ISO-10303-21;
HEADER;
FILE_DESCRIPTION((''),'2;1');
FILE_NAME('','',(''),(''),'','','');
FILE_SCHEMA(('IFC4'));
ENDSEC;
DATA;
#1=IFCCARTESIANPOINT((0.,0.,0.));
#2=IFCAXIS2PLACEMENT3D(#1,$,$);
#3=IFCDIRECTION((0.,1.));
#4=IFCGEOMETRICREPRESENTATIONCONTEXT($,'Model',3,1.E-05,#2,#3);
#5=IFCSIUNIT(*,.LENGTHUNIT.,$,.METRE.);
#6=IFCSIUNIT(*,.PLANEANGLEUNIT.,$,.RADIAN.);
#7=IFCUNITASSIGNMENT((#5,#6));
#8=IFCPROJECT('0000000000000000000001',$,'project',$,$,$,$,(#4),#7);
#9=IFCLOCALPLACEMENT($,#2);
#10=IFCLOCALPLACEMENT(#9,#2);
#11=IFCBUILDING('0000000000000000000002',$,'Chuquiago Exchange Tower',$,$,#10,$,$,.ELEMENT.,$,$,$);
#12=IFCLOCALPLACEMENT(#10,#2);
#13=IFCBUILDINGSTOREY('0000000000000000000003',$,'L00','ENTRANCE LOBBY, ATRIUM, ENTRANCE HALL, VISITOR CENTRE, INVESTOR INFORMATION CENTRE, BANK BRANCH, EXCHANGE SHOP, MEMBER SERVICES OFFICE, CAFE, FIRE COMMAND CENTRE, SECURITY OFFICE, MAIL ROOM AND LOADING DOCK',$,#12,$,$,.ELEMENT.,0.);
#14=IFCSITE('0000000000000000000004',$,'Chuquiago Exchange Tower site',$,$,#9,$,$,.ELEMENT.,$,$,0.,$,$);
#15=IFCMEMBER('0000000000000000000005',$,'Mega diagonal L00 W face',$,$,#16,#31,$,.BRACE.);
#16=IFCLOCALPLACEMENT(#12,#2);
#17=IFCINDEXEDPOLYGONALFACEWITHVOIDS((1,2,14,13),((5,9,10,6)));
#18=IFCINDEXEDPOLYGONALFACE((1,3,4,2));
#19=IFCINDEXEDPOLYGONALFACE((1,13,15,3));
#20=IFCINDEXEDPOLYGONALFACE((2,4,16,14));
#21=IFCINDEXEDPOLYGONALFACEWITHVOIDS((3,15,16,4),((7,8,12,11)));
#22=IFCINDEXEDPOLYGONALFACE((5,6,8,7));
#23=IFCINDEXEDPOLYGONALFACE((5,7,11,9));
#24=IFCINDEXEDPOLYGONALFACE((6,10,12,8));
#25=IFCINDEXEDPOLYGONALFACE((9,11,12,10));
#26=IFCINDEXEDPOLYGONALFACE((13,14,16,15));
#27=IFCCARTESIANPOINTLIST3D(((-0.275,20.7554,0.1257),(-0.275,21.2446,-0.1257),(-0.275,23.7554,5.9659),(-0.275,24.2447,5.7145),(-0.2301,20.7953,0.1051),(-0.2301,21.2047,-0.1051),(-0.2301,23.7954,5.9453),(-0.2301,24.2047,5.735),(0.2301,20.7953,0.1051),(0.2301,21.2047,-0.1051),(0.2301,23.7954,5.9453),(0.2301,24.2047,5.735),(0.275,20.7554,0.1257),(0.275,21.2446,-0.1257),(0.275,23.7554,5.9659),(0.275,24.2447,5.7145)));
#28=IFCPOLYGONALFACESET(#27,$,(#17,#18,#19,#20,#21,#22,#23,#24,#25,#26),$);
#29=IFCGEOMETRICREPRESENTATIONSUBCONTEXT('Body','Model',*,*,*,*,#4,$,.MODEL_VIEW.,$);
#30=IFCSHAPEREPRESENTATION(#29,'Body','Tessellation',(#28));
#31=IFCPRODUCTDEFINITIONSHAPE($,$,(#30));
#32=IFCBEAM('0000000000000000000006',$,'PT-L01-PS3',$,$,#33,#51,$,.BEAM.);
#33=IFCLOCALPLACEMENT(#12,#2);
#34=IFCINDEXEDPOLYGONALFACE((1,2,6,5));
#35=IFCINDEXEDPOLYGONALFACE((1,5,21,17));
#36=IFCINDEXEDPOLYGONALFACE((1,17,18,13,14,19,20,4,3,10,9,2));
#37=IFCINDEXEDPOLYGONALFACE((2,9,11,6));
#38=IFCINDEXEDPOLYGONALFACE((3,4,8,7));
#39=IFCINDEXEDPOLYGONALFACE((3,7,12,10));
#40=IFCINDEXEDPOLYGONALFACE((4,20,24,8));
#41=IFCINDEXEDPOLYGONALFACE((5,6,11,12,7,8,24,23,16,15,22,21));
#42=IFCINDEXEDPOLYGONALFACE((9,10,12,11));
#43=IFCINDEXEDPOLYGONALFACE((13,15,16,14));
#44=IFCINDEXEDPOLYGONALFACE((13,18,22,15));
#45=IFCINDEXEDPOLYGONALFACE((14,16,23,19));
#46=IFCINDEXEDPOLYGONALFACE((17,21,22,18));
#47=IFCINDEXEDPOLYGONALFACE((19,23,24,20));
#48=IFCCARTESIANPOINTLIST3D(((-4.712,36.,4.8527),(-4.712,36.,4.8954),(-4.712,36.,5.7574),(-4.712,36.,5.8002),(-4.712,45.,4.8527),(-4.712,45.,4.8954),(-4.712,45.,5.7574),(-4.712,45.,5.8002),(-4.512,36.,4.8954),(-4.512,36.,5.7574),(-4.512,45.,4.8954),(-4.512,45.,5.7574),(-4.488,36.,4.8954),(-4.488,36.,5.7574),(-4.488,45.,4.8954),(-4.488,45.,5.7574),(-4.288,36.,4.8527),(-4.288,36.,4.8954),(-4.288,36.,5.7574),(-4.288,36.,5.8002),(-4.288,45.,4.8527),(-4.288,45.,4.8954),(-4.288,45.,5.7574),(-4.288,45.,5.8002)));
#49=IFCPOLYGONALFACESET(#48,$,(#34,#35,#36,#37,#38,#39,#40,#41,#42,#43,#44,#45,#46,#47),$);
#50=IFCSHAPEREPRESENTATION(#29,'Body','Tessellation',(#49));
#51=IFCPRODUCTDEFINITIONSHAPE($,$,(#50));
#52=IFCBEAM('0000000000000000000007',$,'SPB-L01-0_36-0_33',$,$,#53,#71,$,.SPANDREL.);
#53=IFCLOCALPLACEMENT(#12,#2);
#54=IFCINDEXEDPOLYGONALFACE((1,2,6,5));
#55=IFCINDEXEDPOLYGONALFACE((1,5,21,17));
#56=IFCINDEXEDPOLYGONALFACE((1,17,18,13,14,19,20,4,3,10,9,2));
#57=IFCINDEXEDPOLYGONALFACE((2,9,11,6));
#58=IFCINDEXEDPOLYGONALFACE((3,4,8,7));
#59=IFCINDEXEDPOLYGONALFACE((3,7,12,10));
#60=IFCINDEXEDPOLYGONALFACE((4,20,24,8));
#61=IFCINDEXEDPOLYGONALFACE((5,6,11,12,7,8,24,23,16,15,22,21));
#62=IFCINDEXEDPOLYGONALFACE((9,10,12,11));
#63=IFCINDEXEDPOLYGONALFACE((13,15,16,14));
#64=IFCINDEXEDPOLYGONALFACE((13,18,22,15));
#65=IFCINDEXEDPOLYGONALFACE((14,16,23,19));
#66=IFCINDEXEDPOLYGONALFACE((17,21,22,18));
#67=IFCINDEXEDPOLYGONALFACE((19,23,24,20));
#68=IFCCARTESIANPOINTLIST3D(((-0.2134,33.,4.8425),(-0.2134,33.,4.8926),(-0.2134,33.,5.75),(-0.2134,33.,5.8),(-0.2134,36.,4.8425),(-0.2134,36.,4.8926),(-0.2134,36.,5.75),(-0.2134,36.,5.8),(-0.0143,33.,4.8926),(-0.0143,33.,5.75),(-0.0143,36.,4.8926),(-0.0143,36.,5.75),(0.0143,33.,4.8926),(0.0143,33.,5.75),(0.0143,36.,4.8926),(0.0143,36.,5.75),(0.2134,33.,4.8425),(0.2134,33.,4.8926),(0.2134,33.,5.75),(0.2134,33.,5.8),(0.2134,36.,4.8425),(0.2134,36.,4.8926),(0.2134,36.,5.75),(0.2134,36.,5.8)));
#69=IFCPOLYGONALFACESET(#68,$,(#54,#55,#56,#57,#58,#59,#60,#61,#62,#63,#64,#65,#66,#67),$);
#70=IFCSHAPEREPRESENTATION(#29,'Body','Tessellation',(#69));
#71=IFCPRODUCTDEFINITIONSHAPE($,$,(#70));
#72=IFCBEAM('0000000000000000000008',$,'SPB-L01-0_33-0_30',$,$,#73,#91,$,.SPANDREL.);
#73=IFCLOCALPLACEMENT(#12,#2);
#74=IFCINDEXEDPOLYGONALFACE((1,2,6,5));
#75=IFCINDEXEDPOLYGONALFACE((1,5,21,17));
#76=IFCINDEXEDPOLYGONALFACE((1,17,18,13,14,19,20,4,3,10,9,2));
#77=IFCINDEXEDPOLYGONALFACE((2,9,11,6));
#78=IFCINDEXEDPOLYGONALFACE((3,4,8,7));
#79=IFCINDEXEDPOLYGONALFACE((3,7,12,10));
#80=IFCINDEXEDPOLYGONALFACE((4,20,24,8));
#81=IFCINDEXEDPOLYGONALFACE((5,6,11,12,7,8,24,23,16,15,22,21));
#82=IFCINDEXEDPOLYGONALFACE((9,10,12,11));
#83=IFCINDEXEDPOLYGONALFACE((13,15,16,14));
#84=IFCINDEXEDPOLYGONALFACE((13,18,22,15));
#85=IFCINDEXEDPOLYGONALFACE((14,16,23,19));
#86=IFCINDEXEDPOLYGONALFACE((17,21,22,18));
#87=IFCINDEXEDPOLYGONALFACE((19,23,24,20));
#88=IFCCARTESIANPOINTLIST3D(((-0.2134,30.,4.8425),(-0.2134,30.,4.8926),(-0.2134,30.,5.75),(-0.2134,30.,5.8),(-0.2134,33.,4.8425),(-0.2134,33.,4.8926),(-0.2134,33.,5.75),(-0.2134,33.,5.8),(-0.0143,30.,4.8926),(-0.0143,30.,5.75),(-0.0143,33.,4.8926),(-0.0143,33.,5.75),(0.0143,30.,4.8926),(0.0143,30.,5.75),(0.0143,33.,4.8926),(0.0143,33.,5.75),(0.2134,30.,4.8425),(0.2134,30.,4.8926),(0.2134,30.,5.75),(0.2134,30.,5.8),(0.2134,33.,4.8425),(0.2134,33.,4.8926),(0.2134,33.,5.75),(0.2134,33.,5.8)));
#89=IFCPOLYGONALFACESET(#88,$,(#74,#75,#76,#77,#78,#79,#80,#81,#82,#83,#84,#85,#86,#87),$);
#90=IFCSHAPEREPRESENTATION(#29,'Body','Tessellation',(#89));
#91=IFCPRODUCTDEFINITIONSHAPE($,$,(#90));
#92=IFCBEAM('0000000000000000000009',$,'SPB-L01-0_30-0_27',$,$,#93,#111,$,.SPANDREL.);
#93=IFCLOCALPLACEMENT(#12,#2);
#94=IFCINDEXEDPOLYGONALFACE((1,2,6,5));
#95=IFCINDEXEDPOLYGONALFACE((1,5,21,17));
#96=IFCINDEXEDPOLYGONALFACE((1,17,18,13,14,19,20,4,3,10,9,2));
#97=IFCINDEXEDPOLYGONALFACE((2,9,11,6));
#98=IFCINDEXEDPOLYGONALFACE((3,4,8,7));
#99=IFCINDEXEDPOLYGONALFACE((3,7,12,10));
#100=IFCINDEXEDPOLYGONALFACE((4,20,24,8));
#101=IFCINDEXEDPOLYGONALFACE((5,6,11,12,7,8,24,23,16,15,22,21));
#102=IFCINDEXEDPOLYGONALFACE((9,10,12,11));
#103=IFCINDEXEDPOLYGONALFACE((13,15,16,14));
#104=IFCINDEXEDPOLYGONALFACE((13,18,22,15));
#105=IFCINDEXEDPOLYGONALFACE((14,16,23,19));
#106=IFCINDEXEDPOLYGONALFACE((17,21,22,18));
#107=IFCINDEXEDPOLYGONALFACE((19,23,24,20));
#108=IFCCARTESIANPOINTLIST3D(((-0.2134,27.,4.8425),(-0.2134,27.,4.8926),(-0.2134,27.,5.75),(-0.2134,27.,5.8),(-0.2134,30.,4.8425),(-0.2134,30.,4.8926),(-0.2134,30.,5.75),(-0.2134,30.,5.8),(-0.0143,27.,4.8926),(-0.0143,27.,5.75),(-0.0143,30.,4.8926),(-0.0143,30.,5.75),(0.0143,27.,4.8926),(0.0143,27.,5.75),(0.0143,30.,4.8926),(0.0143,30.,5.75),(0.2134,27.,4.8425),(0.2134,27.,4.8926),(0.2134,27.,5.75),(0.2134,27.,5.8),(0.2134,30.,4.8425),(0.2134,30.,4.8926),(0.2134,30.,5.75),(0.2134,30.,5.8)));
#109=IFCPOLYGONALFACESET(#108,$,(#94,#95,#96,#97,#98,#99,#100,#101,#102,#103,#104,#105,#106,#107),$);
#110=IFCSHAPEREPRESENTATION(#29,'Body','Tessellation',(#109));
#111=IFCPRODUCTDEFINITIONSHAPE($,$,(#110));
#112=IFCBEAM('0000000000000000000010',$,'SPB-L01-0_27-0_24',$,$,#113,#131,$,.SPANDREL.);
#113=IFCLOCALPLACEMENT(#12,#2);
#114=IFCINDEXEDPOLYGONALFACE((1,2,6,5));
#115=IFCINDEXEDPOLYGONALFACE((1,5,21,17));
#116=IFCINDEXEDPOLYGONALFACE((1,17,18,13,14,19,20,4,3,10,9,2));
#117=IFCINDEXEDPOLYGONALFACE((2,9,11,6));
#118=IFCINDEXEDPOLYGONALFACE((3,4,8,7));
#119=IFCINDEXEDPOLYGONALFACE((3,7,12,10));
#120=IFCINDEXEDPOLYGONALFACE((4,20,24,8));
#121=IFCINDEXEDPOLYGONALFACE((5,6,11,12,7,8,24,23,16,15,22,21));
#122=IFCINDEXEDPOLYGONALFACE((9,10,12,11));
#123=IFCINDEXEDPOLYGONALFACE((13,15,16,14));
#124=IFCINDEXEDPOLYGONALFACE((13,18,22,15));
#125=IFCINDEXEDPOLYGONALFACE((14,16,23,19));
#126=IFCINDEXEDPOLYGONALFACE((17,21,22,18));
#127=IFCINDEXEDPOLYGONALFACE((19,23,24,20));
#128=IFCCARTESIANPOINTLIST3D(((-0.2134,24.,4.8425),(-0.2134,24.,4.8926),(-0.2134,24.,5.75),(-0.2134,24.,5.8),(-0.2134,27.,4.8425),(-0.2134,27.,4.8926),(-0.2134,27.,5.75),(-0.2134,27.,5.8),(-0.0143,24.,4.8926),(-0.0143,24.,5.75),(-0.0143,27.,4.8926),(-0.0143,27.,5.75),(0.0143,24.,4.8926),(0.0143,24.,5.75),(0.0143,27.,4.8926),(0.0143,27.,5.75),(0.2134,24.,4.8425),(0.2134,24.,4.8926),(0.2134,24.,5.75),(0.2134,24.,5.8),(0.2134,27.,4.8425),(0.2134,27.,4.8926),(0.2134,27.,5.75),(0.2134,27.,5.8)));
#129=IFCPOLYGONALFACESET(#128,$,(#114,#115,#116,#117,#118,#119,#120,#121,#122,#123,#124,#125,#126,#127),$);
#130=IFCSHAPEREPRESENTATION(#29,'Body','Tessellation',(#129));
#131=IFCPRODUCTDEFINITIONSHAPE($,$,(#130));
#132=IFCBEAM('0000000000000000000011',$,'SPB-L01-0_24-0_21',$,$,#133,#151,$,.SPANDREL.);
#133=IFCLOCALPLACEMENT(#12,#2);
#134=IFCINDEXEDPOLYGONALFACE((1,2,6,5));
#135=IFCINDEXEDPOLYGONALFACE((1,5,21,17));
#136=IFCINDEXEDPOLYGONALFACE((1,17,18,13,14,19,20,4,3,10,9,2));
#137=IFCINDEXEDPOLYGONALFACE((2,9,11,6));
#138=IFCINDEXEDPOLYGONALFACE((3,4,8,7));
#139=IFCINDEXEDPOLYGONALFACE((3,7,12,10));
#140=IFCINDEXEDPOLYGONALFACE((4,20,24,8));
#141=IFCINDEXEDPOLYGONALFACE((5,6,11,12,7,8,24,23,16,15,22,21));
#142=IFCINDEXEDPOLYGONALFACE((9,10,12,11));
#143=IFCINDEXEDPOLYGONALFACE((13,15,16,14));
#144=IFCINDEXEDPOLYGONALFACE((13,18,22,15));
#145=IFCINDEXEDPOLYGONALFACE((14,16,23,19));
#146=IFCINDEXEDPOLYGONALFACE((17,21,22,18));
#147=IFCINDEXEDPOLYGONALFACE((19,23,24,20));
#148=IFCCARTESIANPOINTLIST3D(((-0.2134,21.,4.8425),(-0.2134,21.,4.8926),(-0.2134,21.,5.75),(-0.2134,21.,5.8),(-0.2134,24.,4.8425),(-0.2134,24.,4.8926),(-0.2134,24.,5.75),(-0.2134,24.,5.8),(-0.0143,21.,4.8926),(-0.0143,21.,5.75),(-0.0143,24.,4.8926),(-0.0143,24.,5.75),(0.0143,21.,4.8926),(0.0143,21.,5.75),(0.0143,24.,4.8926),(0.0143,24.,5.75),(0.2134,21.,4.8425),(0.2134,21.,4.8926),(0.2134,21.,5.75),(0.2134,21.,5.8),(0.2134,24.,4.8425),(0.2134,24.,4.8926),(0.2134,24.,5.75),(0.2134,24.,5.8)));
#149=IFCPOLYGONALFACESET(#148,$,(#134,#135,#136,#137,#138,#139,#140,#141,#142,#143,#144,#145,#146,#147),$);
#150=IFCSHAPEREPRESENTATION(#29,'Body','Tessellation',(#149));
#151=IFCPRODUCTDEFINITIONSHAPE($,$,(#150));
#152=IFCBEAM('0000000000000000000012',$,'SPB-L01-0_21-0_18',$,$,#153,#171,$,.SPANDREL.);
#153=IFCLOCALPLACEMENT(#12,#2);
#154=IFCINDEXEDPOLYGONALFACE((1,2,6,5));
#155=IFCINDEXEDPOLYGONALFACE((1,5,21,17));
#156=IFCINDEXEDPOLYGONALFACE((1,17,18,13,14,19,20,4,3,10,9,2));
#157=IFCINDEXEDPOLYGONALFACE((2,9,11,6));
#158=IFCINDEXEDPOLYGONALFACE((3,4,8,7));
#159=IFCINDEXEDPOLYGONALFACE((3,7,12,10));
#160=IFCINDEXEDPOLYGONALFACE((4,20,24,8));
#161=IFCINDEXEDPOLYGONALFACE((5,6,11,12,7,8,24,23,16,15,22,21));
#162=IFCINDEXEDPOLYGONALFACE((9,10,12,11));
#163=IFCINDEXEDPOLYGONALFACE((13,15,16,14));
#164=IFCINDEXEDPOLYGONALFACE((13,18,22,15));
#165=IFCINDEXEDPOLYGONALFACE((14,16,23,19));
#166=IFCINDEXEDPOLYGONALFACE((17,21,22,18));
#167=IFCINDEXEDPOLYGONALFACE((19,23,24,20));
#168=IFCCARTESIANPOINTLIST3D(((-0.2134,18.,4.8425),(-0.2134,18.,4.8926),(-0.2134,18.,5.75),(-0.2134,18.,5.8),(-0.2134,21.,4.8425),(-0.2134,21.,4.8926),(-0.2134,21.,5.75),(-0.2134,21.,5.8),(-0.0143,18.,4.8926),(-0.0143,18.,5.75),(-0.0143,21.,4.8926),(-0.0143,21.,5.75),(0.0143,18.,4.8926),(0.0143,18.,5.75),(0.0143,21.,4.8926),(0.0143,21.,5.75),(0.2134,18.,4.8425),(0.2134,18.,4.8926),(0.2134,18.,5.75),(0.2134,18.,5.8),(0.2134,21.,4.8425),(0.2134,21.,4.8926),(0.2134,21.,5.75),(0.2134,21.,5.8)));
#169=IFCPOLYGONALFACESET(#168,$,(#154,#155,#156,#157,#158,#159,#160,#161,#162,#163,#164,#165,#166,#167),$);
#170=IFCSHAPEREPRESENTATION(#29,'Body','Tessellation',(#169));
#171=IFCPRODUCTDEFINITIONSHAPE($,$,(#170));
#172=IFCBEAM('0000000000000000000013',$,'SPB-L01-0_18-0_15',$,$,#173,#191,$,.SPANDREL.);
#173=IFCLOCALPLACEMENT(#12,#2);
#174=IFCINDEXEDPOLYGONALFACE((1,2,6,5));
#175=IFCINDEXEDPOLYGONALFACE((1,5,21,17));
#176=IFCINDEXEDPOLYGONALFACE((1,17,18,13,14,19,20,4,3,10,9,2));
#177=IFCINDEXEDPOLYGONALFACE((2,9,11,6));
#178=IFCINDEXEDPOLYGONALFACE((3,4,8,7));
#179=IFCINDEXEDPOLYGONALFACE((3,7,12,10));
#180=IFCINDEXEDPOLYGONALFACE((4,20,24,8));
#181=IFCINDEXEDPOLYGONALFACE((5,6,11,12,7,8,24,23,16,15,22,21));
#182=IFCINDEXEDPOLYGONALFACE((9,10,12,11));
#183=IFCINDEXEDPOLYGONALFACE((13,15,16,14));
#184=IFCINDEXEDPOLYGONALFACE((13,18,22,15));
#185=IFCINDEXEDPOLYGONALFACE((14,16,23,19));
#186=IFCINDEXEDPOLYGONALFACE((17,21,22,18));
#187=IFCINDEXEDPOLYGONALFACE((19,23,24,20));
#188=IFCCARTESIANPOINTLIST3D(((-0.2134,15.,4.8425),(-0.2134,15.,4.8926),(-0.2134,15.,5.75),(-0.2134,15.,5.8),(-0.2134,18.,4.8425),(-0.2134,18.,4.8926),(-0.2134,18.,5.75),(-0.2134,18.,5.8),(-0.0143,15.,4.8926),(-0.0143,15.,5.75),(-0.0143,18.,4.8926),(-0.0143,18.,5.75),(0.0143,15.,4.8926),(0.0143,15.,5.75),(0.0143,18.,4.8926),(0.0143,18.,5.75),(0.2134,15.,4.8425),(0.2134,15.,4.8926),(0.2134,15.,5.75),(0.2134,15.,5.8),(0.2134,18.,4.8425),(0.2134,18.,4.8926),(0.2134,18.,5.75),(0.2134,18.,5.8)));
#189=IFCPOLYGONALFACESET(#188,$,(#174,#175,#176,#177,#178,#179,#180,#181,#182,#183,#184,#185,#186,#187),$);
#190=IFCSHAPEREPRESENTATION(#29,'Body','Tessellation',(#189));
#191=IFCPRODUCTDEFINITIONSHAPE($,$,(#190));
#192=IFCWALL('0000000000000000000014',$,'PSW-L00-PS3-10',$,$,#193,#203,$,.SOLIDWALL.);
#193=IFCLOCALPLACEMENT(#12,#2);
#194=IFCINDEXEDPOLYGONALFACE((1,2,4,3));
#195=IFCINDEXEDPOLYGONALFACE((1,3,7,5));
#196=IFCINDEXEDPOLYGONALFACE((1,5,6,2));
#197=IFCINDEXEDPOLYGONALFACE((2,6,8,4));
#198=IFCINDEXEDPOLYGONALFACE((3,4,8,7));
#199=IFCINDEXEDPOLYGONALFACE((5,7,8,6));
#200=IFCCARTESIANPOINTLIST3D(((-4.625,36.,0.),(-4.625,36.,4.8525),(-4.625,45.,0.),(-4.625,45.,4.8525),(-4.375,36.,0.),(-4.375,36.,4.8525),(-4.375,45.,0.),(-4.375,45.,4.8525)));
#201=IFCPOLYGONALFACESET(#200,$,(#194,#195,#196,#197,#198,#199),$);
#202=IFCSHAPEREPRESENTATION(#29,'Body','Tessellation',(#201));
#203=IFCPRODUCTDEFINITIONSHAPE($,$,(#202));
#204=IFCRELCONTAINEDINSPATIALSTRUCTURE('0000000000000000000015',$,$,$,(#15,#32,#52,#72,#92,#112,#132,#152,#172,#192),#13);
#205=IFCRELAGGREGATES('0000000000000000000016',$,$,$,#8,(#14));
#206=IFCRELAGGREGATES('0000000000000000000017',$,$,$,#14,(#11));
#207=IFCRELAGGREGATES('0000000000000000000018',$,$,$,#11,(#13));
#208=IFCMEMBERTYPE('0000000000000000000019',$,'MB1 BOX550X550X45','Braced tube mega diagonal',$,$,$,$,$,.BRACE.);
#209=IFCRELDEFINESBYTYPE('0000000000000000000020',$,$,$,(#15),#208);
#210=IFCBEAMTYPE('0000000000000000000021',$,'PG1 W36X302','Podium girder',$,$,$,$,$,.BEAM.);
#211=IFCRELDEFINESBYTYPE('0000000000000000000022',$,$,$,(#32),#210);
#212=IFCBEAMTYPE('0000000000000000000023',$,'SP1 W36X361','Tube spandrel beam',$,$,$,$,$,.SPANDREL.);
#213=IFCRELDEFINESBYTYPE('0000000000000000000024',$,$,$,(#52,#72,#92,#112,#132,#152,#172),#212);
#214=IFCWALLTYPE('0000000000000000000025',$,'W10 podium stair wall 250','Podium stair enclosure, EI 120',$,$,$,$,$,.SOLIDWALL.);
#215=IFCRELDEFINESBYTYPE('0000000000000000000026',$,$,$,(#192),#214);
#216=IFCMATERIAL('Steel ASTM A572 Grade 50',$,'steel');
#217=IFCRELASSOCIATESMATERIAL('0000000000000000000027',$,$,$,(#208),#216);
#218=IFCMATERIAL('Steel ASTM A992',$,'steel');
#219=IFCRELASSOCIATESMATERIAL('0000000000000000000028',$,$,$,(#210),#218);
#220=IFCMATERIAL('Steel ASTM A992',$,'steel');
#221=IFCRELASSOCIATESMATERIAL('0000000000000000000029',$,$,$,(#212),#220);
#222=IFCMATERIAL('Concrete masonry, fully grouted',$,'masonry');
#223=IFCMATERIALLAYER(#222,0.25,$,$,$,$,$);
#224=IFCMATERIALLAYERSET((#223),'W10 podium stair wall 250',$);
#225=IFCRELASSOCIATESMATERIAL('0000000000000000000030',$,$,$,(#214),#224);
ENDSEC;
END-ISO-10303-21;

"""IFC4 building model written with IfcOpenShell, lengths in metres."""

from ifc_helpers import new_model, si_unit, direction, frame, frame_2d, origin, origin_2d, place, context, subcontext, project, spatial, rectangle, hollow_rectangle, i_section, extrude, material, layer, layer_set, material_profile, profile_set, type_object, element, save


model = new_model("IFC4")

# Units and contexts
model_context = context("Model", 3, precision=1e-05, world=origin(), true_north=direction((0.0, 1.0)))
body_context = subcontext(model_context, "Body", "Model", "MODEL_VIEW")
ifc_project = project(units=[si_unit("LENGTHUNIT", "METRE"), si_unit("PLANEANGLEUNIT", "RADIAN")], contexts=[model_context])

# Site, building, storey
site_placement = place(None, origin())
site = spatial("IfcSite", under=ifc_project, at=site_placement, Name="Chuquiago Exchange Tower site", CompositionType="ELEMENT", RefElevation=0.0)
building_placement = place(site_placement, origin())
building = spatial("IfcBuilding", under=site, at=building_placement, Name="Chuquiago Exchange Tower", CompositionType="ELEMENT")
storey_placement = place(building_placement, origin())
storey = spatial("IfcBuildingStorey", under=building, at=storey_placement, Name="L00", Description="ENTRANCE LOBBY, ATRIUM, ENTRANCE HALL, VISITOR CENTRE, INVESTOR INFORMATION CENTRE, BANK BRANCH, EXCHANGE SHOP, MEMBER SERVICES OFFICE, CAFE, FIRE COMMAND CENTRE, SECURITY OFFICE, MAIL ROOM AND LOADING DOCK", CompositionType="ELEMENT", Elevation=0.0)

# Member
ifc_material_1 = material(Name="Steel ASTM A572 Grade 50", Category="steel")
ifc_material_profile_1 = material_profile(ifc_material_1, hollow_rectangle(XDim=0.55, YDim=0.55, WallThickness=0.0449, at=origin_2d()), Name="BOX550X550X45")
ifc_profile_set_1 = profile_set([ifc_material_profile_1], Name="Steel ASTM A572 Grade 50")
member_type = type_object("IfcMemberType", Name="MB1 BOX550X550X45", Description="Braced tube mega diagonal", PredefinedType="BRACE", material=ifc_profile_set_1)
for number, where, z_axis, x_axis, name in (
    (1, (0.0, 21.0, 0.0), (0.0, 0.45693, 0.889503), (-1.0, 0.0, 0.0), "Mega diagonal L00 W face"),
):
    element("IfcMember", number, at=place(storey_placement, frame(where, z_axis=z_axis, x_axis=x_axis)), inside=storey, type_object=member_type, Name=name, PredefinedType="BRACE", context=body_context, shape_type="SweptSolid", body=[
        extrude(hollow_rectangle(XDim=0.55, YDim=0.55, WallThickness=0.0449, at=origin_2d()), origin(), (0.0, 0.0, 1.0), 6.5657),
    ])

# Beams
ifc_material_2 = material(Name="Steel ASTM A992", Category="steel")
ifc_material_profile_2 = material_profile(ifc_material_2, i_section(OverallWidth=0.4241, OverallDepth=0.9475, WebThickness=0.0239, FlangeThickness=0.0427, at=origin_2d()), Name="W36X302")
ifc_profile_set_2 = profile_set([ifc_material_profile_2], Name="Steel ASTM A992")
beam_type_1 = type_object("IfcBeamType", Name="PG1 W36X302", Description="Podium girder", PredefinedType="BEAM", material=ifc_profile_set_2)
beam_1_placement = place(storey_placement, frame((-4.5, 36.0, 5.3264), z_axis=(0.0, 1.0, 0.0), x_axis=(-1.0, 0.0, 0.0)))
element("IfcBeam", 2, at=beam_1_placement, inside=storey, type_object=beam_type_1, Name="PT-L01-PS3", PredefinedType="BEAM", context=body_context, shape_type="SweptSolid", body=[
    extrude(i_section(OverallWidth=0.4241, OverallDepth=0.9475, WebThickness=0.0239, FlangeThickness=0.0427, at=origin_2d()), origin(), (0.0, 0.0, 1.0), 9.0),
])
ifc_material_3 = material(Name="Steel ASTM A992", Category="steel")
ifc_material_profile_3 = material_profile(ifc_material_3, i_section(OverallWidth=0.4268, OverallDepth=0.9575, WebThickness=0.0286, FlangeThickness=0.05, at=origin_2d()), Name="W36X361")
ifc_profile_set_3 = profile_set([ifc_material_profile_3], Name="Steel ASTM A992")
beam_type_2 = type_object("IfcBeamType", Name="SP1 W36X361", Description="Tube spandrel beam", PredefinedType="SPANDREL", material=ifc_profile_set_3)
for number, where, z_axis, x_axis, name in (
    (3, (0.0, 36.0, 5.3213), (0.0, -1.0, 0.0), (1.0, 0.0, 0.0), "SPB-L01-0_36-0_33"),
    (4, (0.0, 33.0, 5.3213), (0.0, -1.0, 0.0), (1.0, 0.0, 0.0), "SPB-L01-0_33-0_30"),
    (5, (0.0, 30.0, 5.3213), (0.0, -1.0, 0.0), (1.0, 0.0, 0.0), "SPB-L01-0_30-0_27"),
    (6, (0.0, 27.0, 5.3213), (0.0, -1.0, 0.0), (1.0, 0.0, 0.0), "SPB-L01-0_27-0_24"),
    (7, (0.0, 24.0, 5.3213), (0.0, -1.0, 0.0), (1.0, 0.0, 0.0), "SPB-L01-0_24-0_21"),
    (8, (0.0, 21.0, 5.3213), (0.0, -1.0, 0.0), (1.0, 0.0, 0.0), "SPB-L01-0_21-0_18"),
    (9, (0.0, 18.0, 5.3213), (0.0, -1.0, 0.0), (1.0, 0.0, 0.0), "SPB-L01-0_18-0_15"),
):
    element("IfcBeam", number, at=place(storey_placement, frame(where, z_axis=z_axis, x_axis=x_axis)), inside=storey, type_object=beam_type_2, Name=name, PredefinedType="SPANDREL", context=body_context, shape_type="SweptSolid", body=[
        extrude(i_section(OverallWidth=0.4268, OverallDepth=0.9575, WebThickness=0.0286, FlangeThickness=0.05, at=origin_2d()), origin(), (0.0, 0.0, 1.0), 3.0),
    ])

# Wall
ifc_material_4 = material(Name="Concrete masonry, fully grouted", Category="masonry")
ifc_layer_1 = layer(ifc_material_4, 0.25)
ifc_layer_set_1 = layer_set([ifc_layer_1], Name="W10 podium stair wall 250")
wall_type_1 = type_object("IfcWallType", Name="W10 podium stair wall 250", Description="Podium stair enclosure, EI 120", PredefinedType="SOLIDWALL", material=ifc_layer_set_1)
wall_1_placement = place(storey_placement, frame((-4.5, 36.0, 0.0), z_axis=(0.0, 0.0, 1.0), x_axis=(0.0, 1.0, 0.0)))
element("IfcWall", 10, at=wall_1_placement, inside=storey, type_object=wall_type_1, Name="PSW-L00-PS3-10", PredefinedType="SOLIDWALL", context=body_context, shape_type="SweptSolid", body=[
    extrude(rectangle(XDim=9.0, YDim=0.25, at=frame_2d((4.5, 0.0))), origin(), (0.0, 0.0, 1.0), 4.8525),
])

save(model, "model.ifc")
